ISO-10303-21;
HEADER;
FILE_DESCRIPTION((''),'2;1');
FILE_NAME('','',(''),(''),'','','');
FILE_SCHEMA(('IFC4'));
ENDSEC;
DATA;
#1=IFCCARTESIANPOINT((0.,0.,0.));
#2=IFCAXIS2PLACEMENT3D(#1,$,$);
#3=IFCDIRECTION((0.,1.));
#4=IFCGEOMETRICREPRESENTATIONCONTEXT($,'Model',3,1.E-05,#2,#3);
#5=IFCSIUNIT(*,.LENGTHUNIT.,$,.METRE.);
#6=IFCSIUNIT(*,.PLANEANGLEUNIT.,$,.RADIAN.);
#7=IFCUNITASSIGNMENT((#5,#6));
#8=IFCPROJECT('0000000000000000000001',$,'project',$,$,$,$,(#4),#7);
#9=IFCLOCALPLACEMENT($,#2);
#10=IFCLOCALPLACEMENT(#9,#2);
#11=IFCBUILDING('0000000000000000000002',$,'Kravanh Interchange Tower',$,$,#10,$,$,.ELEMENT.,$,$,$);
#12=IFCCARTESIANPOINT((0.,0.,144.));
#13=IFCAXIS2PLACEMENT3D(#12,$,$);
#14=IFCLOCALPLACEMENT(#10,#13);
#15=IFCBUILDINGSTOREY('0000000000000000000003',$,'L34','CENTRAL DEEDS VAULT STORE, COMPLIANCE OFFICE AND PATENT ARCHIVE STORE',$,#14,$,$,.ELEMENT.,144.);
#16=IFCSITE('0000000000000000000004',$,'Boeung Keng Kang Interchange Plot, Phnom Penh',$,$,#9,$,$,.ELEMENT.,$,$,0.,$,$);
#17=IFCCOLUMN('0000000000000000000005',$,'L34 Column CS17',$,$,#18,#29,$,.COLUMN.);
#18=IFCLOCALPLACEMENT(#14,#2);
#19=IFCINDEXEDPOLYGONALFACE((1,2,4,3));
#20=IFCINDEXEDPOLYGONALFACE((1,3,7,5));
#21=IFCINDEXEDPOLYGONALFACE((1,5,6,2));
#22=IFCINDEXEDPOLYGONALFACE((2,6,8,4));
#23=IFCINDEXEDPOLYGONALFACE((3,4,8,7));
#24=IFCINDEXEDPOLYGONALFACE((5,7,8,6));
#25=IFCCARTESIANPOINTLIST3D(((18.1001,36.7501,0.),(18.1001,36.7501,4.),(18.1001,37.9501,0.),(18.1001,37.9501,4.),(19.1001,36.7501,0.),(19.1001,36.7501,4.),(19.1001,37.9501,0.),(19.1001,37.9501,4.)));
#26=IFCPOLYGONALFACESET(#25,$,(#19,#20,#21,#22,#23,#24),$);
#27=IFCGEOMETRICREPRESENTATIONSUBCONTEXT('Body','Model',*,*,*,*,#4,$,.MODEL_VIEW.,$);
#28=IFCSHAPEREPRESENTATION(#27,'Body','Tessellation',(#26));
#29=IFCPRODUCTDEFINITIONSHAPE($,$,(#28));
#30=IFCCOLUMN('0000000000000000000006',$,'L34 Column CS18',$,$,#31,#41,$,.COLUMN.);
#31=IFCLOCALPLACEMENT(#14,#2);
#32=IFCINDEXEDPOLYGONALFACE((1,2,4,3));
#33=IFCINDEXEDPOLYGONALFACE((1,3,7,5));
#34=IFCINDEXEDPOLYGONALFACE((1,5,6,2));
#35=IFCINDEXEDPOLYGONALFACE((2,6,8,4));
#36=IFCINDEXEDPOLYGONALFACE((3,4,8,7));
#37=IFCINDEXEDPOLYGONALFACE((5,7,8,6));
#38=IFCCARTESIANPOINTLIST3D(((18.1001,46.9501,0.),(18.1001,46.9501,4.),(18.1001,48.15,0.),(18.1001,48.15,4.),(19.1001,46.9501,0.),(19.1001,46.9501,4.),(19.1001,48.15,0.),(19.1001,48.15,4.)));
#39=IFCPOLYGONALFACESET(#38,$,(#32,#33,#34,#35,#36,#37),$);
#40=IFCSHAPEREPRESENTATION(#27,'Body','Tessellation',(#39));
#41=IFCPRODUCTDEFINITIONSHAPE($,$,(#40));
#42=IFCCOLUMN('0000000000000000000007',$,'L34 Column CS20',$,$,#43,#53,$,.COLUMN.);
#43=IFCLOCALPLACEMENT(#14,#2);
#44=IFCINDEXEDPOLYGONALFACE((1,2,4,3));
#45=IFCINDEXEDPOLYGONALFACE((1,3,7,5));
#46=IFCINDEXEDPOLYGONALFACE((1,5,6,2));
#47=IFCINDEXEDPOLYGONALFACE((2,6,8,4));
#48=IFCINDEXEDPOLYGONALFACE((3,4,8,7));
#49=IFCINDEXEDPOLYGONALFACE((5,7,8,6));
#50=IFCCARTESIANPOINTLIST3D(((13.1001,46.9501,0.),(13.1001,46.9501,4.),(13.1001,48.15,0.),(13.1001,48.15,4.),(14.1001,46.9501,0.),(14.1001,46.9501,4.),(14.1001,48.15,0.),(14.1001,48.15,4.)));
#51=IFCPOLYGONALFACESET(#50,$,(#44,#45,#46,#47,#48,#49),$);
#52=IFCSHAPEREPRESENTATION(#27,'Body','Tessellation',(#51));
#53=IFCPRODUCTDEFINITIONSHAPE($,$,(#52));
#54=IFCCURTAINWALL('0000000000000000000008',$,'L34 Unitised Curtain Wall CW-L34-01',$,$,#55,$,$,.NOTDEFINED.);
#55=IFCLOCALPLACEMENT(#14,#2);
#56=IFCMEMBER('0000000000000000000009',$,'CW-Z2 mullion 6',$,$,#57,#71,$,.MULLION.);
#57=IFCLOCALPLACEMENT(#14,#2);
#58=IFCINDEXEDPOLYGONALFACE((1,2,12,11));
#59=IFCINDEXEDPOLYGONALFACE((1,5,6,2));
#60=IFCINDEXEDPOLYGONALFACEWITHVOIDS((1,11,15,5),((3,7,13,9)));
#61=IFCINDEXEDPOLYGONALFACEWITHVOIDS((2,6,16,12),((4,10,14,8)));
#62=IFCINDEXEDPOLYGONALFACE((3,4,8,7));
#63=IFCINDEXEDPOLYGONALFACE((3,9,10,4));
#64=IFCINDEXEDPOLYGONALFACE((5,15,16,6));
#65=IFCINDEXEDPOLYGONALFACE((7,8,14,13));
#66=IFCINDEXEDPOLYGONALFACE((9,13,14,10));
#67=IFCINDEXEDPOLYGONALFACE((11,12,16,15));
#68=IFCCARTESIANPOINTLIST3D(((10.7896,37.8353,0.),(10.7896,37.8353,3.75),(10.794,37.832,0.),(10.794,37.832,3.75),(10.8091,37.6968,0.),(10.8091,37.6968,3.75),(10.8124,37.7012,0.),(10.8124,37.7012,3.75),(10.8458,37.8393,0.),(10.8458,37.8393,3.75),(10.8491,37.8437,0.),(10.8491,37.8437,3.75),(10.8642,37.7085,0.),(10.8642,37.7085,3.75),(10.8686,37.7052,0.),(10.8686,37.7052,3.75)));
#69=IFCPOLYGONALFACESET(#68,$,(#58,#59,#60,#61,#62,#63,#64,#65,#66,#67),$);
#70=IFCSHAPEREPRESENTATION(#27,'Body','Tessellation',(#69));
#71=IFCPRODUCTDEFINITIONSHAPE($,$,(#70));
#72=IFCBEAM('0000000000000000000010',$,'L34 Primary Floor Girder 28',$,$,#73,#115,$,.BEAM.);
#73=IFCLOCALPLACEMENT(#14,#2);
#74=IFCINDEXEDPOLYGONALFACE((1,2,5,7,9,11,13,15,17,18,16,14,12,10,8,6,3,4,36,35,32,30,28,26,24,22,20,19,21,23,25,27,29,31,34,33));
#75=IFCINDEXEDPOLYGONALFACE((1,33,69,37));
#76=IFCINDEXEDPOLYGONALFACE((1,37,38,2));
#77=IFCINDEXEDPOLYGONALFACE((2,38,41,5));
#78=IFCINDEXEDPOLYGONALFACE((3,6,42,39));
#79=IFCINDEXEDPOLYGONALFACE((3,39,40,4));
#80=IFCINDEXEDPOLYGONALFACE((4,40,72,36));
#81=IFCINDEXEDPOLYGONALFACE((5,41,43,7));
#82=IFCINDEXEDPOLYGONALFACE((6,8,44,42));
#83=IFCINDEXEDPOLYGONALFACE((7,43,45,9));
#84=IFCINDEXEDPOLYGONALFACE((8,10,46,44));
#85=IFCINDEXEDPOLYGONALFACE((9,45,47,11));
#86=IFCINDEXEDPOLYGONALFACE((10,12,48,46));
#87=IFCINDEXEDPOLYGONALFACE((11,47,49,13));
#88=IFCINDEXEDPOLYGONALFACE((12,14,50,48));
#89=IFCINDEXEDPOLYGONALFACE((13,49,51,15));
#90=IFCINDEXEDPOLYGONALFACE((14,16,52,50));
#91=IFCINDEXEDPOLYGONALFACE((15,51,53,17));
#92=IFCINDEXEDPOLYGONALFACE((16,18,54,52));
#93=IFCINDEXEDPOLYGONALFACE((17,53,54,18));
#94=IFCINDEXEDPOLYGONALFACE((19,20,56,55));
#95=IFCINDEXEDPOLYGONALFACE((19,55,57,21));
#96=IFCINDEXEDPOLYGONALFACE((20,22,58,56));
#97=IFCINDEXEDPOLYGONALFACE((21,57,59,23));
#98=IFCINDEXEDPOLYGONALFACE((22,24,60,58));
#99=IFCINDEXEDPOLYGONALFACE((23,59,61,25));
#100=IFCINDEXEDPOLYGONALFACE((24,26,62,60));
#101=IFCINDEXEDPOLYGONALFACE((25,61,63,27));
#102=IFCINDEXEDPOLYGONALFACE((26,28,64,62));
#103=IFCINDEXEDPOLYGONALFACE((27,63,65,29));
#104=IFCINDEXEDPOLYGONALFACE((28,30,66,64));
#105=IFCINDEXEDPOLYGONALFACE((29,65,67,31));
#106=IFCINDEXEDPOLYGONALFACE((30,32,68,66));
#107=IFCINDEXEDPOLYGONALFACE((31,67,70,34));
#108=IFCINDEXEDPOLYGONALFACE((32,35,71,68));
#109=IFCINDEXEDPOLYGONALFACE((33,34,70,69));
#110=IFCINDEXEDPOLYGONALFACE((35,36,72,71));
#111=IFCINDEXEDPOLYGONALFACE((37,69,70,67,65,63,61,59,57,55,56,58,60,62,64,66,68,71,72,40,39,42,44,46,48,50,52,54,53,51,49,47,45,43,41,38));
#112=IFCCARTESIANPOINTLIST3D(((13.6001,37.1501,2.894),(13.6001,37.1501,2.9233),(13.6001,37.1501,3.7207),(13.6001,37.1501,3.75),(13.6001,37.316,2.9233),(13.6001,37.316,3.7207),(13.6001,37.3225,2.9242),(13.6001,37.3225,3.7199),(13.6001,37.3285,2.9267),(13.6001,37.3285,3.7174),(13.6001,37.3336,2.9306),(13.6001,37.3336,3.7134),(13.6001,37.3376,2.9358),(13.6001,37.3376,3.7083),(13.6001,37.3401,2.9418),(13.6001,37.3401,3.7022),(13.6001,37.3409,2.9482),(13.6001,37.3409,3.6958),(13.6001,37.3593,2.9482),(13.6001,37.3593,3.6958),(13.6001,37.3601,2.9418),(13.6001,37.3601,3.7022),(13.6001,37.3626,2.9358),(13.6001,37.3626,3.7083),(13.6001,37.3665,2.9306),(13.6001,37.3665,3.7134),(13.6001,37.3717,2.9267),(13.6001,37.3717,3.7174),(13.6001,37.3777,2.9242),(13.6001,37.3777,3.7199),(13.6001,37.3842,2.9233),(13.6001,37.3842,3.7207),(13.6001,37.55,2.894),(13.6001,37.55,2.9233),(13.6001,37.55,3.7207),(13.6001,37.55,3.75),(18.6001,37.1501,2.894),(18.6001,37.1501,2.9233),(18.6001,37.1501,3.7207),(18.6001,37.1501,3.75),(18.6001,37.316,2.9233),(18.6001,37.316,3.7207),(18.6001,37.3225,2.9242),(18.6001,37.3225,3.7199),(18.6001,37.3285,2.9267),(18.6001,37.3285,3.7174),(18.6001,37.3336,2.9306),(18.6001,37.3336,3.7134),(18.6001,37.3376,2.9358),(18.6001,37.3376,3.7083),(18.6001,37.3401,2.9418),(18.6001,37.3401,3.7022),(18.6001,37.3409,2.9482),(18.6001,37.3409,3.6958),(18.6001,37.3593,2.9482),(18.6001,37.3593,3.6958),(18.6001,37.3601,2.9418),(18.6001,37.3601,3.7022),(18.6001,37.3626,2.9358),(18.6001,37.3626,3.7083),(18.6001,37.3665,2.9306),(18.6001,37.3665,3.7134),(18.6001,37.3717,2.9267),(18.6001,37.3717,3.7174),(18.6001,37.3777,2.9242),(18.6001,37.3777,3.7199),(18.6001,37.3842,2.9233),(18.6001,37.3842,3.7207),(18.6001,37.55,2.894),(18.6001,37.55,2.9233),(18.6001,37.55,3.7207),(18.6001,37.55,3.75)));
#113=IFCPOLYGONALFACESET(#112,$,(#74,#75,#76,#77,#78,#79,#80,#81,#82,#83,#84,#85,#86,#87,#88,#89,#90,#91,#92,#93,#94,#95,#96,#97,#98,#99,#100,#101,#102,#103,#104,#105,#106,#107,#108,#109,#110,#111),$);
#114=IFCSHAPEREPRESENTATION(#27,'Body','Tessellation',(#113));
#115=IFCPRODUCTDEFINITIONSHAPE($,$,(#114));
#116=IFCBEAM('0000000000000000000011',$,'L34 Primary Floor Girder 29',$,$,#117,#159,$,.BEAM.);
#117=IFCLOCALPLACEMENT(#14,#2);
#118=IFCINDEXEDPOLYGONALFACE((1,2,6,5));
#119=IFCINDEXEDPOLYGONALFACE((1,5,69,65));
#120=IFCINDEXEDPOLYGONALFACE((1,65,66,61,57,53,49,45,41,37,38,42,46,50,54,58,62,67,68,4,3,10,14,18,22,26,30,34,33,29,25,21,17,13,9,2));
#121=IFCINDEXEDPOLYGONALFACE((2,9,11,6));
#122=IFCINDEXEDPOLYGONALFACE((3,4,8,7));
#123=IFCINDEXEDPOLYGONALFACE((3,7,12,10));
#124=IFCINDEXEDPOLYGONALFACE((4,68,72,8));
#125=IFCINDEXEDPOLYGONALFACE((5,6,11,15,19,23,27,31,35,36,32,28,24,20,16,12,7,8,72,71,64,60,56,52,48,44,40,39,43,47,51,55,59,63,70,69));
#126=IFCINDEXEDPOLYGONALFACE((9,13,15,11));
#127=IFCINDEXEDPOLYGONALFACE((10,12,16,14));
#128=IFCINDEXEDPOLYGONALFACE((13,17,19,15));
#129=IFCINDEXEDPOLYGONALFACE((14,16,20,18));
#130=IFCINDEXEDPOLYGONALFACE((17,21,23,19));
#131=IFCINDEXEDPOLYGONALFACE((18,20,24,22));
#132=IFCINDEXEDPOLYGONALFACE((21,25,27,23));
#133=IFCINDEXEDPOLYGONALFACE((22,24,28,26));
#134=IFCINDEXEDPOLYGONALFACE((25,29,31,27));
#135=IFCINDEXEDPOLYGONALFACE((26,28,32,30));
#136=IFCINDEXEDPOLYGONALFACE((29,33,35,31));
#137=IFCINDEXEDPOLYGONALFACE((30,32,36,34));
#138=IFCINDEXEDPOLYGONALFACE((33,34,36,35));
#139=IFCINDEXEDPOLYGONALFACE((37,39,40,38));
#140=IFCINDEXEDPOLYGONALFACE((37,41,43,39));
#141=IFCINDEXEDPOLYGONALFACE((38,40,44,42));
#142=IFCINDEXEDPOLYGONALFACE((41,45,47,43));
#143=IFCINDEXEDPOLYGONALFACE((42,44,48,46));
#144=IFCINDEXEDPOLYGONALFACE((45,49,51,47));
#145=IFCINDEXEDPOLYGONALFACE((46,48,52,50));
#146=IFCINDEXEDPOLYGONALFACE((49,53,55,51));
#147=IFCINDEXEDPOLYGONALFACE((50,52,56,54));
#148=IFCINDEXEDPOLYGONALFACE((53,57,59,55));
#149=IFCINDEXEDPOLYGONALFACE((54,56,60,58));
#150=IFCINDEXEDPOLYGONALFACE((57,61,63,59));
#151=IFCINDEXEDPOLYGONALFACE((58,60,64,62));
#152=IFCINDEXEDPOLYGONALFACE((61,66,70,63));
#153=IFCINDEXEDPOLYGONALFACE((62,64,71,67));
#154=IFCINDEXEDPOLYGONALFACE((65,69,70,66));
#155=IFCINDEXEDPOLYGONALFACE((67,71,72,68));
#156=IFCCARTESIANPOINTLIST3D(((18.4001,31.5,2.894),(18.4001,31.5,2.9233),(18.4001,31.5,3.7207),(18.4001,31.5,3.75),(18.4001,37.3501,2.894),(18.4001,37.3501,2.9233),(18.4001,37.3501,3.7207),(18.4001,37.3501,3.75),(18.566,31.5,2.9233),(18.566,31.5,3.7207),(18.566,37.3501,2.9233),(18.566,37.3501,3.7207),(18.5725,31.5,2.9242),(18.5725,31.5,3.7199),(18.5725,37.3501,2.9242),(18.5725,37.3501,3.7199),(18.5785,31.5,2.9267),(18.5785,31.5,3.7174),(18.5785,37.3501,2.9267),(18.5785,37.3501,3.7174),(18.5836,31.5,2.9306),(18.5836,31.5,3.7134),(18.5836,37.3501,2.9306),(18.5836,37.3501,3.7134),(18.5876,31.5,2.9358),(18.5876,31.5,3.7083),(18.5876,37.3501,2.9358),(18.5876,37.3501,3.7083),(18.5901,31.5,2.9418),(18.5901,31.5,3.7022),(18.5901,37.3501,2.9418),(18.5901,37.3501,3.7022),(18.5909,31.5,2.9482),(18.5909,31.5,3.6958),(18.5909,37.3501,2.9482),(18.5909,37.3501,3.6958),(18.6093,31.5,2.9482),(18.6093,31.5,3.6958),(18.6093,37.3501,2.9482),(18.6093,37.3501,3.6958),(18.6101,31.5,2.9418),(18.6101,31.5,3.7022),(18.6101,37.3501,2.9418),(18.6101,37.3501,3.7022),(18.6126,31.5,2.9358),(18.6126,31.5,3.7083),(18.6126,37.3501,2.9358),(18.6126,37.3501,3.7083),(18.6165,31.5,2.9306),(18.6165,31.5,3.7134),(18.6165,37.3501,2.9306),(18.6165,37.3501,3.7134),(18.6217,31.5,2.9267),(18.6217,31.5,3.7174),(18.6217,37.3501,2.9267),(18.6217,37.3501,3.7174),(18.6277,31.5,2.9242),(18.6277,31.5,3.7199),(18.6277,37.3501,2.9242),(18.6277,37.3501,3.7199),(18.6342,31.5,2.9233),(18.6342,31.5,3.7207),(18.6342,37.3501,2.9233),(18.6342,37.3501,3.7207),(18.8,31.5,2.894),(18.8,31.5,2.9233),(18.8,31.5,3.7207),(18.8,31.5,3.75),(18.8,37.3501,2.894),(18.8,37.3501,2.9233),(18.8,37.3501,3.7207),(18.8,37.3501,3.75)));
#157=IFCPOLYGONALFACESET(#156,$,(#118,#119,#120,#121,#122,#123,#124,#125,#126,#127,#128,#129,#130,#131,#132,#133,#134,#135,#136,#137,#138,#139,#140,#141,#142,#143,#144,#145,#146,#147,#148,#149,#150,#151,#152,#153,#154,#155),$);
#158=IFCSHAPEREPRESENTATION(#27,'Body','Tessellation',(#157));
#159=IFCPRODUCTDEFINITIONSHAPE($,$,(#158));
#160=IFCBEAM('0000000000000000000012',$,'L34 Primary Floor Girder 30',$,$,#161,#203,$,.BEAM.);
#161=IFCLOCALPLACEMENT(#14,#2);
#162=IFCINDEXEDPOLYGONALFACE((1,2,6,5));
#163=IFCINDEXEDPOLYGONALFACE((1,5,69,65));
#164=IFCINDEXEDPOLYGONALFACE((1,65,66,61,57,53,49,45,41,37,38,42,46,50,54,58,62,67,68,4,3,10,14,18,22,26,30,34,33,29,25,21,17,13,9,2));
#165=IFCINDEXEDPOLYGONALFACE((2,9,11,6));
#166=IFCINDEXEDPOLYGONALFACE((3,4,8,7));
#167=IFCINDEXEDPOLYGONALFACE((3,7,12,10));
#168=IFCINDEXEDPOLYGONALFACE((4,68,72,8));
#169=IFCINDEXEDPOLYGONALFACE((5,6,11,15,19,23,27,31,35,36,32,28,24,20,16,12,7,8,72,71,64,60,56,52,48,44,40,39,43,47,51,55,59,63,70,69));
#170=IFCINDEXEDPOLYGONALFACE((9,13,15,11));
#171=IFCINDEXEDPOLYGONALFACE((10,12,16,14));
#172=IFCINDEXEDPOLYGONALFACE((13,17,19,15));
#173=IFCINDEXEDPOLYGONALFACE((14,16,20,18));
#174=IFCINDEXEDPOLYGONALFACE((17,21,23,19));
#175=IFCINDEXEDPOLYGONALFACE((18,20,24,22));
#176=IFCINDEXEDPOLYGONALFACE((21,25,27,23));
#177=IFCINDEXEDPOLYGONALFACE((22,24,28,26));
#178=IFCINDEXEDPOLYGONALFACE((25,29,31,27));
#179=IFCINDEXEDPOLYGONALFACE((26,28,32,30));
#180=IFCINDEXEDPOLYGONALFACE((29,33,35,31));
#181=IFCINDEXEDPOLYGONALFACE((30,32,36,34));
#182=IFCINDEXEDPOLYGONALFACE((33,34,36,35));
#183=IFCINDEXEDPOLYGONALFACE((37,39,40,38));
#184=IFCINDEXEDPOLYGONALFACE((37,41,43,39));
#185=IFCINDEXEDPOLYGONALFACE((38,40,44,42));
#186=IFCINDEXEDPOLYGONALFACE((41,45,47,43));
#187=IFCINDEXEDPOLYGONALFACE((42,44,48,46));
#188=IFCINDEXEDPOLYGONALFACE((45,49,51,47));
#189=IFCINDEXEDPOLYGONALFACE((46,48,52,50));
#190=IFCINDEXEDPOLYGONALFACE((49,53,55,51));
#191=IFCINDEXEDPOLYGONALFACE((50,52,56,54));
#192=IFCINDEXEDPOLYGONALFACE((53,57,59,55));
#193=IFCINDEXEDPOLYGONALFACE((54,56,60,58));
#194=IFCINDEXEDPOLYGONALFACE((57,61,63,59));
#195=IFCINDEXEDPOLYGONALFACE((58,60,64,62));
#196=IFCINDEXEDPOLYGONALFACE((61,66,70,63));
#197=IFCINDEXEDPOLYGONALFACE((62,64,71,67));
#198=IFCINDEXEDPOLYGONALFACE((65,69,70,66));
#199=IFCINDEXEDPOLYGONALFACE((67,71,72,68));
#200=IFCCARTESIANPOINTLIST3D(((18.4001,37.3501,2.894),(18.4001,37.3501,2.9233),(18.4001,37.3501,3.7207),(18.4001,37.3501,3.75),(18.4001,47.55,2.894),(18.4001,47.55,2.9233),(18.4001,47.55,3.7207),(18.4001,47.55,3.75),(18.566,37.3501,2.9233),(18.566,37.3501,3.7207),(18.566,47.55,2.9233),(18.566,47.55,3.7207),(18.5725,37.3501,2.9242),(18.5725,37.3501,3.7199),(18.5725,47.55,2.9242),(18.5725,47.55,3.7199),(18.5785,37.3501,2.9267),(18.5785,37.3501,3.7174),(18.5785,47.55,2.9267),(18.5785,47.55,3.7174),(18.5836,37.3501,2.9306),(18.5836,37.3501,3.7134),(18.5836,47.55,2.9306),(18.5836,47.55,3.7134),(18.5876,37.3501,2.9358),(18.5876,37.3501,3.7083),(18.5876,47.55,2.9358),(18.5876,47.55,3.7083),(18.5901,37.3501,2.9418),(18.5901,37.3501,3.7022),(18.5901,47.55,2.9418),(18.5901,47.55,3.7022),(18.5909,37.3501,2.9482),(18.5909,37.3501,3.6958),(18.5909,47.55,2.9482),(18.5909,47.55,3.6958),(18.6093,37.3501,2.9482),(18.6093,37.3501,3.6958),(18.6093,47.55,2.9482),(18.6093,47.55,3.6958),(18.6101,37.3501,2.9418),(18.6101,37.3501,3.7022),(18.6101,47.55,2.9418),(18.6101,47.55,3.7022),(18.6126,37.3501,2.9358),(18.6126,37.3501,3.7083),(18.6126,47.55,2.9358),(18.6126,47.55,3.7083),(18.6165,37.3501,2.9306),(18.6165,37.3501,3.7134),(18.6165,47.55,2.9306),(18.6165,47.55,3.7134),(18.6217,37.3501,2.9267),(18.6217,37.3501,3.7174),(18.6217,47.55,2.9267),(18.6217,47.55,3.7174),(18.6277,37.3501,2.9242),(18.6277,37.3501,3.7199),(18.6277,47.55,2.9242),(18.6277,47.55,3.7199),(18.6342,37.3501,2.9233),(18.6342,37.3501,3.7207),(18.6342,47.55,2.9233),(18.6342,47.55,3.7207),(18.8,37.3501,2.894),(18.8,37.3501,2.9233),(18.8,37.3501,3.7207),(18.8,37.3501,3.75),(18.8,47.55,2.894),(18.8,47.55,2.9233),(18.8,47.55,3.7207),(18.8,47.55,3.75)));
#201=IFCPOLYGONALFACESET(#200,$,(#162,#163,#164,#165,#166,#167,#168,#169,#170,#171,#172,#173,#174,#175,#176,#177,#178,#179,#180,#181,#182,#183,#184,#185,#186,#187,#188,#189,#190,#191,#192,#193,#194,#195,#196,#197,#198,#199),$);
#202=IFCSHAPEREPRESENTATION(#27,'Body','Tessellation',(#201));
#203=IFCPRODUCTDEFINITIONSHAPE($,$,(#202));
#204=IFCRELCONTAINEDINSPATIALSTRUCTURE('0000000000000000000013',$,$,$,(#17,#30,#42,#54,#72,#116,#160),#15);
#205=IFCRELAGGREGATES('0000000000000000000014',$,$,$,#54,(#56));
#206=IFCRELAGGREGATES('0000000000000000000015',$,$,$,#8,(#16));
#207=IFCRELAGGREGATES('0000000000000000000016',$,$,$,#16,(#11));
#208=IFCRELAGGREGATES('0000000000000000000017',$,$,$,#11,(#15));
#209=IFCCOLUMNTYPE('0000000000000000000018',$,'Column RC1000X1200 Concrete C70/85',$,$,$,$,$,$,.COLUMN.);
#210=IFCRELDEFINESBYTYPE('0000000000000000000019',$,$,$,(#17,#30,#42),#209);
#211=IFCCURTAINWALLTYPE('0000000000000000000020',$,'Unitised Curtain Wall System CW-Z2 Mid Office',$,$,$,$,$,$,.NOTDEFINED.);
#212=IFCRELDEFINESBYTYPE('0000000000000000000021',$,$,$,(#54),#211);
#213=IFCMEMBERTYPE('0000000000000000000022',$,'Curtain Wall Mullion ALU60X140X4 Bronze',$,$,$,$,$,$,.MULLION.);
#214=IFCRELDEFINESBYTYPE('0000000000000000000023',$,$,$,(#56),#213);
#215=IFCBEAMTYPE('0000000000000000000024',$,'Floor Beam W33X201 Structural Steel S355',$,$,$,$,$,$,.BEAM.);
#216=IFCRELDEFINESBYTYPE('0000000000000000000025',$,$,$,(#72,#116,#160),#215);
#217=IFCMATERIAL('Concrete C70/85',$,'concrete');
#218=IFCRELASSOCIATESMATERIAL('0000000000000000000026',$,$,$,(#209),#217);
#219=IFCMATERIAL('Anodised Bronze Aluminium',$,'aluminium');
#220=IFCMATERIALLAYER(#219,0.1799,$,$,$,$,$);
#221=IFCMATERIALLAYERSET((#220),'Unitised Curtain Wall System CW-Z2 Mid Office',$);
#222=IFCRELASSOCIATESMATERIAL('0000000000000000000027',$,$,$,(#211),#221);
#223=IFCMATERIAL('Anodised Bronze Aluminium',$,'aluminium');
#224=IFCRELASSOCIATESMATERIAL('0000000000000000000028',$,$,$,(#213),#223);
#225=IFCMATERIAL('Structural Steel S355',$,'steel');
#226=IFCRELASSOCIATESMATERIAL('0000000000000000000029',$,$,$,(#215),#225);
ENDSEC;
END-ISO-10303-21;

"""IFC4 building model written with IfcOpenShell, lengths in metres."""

from ifc_helpers import new_model, si_unit, direction, frame, origin, origin_2d, place, context, subcontext, project, spatial, rectangle, hollow_rectangle, i_section, extrude, material, layer, layer_set, material_profile, profile_set, type_object, element, aggregate, save


model = new_model("IFC4")

# Units and contexts
model_context = context("Model", 3, precision=1e-05, world=origin(), true_north=direction((0.0, 1.0)))
body_context = subcontext(model_context, "Body", "Model", "MODEL_VIEW")
ifc_project = project(units=[si_unit("LENGTHUNIT", "METRE"), si_unit("PLANEANGLEUNIT", "RADIAN")], contexts=[model_context])

# Site, building, storey
site_placement = place(None, origin())
site = spatial("IfcSite", under=ifc_project, at=site_placement, Name="Boeung Keng Kang Interchange Plot, Phnom Penh", CompositionType="ELEMENT", RefElevation=0.0)
building_placement = place(site_placement, origin())
building = spatial("IfcBuilding", under=site, at=building_placement, Name="Kravanh Interchange Tower", CompositionType="ELEMENT")
storey_placement = place(building_placement, frame((0.0, 0.0, 144.0)))
storey = spatial("IfcBuildingStorey", under=building, at=storey_placement, Name="L34", Description="CENTRAL DEEDS VAULT STORE, COMPLIANCE OFFICE AND PATENT ARCHIVE STORE", CompositionType="ELEMENT", Elevation=144.0)

# Columns
ifc_material_1 = material(Name="Concrete C70/85", Category="concrete")
ifc_material_profile_1 = material_profile(ifc_material_1, rectangle(XDim=1.0, YDim=1.2, at=origin_2d()), Name="RC1000X1200")
ifc_profile_set_1 = profile_set([ifc_material_profile_1], Name="Concrete C70/85")
column_type = type_object("IfcColumnType", Name="Column RC1000X1200 Concrete C70/85", PredefinedType="COLUMN", material=ifc_profile_set_1)
for number, where, z_axis, x_axis, name in (
    (1, (18.6001, 37.3501, 0.0), (0.0, 0.0, 1.0), (1.0, 0.0, 0.0), "L34 Column CS17"),
    (2, (18.6001, 47.55, 0.0), (0.0, 0.0, 1.0), (1.0, 0.0, 0.0), "L34 Column CS18"),
    (3, (13.6001, 47.55, 0.0), (0.0, 0.0, 1.0), (1.0, 0.0, 0.0), "L34 Column CS20"),
):
    element("IfcColumn", number, at=place(storey_placement, frame(where, z_axis=z_axis, x_axis=x_axis)), inside=storey, type_object=column_type, Name=name, PredefinedType="COLUMN", context=body_context, shape_type="SweptSolid", body=[
        extrude(rectangle(XDim=1.0, YDim=1.2, at=origin_2d()), origin(), (0.0, 0.0, 1.0), 4.0),
    ])

# Curtain wall, member
ifc_material_2 = material(Name="Anodised Bronze Aluminium", Category="aluminium")
ifc_layer_1 = layer(ifc_material_2, 0.1799)
ifc_layer_set_1 = layer_set([ifc_layer_1], Name="Unitised Curtain Wall System CW-Z2 Mid Office")
curtain_wall_type = type_object("IfcCurtainWallType", Name="Unitised Curtain Wall System CW-Z2 Mid Office", PredefinedType="NOTDEFINED", material=ifc_layer_set_1)
curtain_wall_placement = place(storey_placement, origin())
curtain_wall = element("IfcCurtainWall", 4, at=curtain_wall_placement, inside=storey, type_object=curtain_wall_type, Name="L34 Unitised Curtain Wall CW-L34-01", PredefinedType="NOTDEFINED")
ifc_material_3 = material(Name="Anodised Bronze Aluminium", Category="aluminium")
ifc_material_profile_2 = material_profile(ifc_material_3, hollow_rectangle(XDim=0.0601, YDim=0.1399, WallThickness=0.0039, at=origin_2d()), Name="ALU60X140X4")
ifc_profile_set_2 = profile_set([ifc_material_profile_2], Name="Anodised Bronze Aluminium")
member_type = type_object("IfcMemberType", Name="Curtain Wall Mullion ALU60X140X4 Bronze", PredefinedType="MULLION", material=ifc_profile_set_2)
member_placement = place(storey_placement, frame((10.8291, 37.7703, 0.0), z_axis=(0.0, 0.0, 1.0), x_axis=(-0.990268, -0.139173, 0.0)))
member = element("IfcMember", 5, at=member_placement, type_object=member_type, Name="CW-Z2 mullion 6", PredefinedType="MULLION", context=body_context, shape_type="SweptSolid", body=[
    extrude(hollow_rectangle(XDim=0.0601, YDim=0.1399, WallThickness=0.0039, at=origin_2d()), origin(), (0.0, 0.0, 1.0), 3.75),
])
aggregate(curtain_wall, [member])

# Beams
ifc_material_4 = material(Name="Structural Steel S355", Category="steel")
ifc_material_profile_3 = material_profile(ifc_material_4, i_section(OverallWidth=0.3999, OverallDepth=0.856, WebThickness=0.0183, FlangeThickness=0.0293, FilletRadius=0.0249, at=origin_2d()), Name="W33X201")
ifc_profile_set_3 = profile_set([ifc_material_profile_3], Name="Structural Steel S355")
beam_type = type_object("IfcBeamType", Name="Floor Beam W33X201 Structural Steel S355", PredefinedType="BEAM", material=ifc_profile_set_3)
beam_1_placement = place(storey_placement, frame((18.6001, 37.3501, 3.322), z_axis=(-1.0, 0.0, 0.0), x_axis=(0.0, -1.0, 0.0)))
element("IfcBeam", 6, at=beam_1_placement, inside=storey, type_object=beam_type, Name="L34 Primary Floor Girder 28", PredefinedType="BEAM", context=body_context, shape_type="SweptSolid", body=[
    extrude(i_section(OverallWidth=0.3999, OverallDepth=0.856, WebThickness=0.0183, FlangeThickness=0.0293, FilletRadius=0.0249, at=origin_2d()), origin(), (0.0, 0.0, 1.0), 5.0),
])
beam_2_placement = place(storey_placement, frame((18.6001, 37.3501, 3.322), z_axis=(0.0, -1.0, 0.0), x_axis=(1.0, 0.0, 0.0)))
element("IfcBeam", 7, at=beam_2_placement, inside=storey, type_object=beam_type, Name="L34 Primary Floor Girder 29", PredefinedType="BEAM", context=body_context, shape_type="SweptSolid", body=[
    extrude(i_section(OverallWidth=0.3999, OverallDepth=0.856, WebThickness=0.0183, FlangeThickness=0.0293, FilletRadius=0.0249, at=origin_2d()), origin(), (0.0, 0.0, 1.0), 5.8501),
])
beam_3_placement = place(storey_placement, frame((18.6001, 37.3501, 3.322), z_axis=(0.0, 1.0, 0.0), x_axis=(-1.0, 0.0, 0.0)))
element("IfcBeam", 8, at=beam_3_placement, inside=storey, type_object=beam_type, Name="L34 Primary Floor Girder 30", PredefinedType="BEAM", context=body_context, shape_type="SweptSolid", body=[
    extrude(i_section(OverallWidth=0.3999, OverallDepth=0.856, WebThickness=0.0183, FlangeThickness=0.0293, FilletRadius=0.0249, at=origin_2d()), origin(), (0.0, 0.0, 1.0), 10.2),
])

save(model, "model.ifc")
